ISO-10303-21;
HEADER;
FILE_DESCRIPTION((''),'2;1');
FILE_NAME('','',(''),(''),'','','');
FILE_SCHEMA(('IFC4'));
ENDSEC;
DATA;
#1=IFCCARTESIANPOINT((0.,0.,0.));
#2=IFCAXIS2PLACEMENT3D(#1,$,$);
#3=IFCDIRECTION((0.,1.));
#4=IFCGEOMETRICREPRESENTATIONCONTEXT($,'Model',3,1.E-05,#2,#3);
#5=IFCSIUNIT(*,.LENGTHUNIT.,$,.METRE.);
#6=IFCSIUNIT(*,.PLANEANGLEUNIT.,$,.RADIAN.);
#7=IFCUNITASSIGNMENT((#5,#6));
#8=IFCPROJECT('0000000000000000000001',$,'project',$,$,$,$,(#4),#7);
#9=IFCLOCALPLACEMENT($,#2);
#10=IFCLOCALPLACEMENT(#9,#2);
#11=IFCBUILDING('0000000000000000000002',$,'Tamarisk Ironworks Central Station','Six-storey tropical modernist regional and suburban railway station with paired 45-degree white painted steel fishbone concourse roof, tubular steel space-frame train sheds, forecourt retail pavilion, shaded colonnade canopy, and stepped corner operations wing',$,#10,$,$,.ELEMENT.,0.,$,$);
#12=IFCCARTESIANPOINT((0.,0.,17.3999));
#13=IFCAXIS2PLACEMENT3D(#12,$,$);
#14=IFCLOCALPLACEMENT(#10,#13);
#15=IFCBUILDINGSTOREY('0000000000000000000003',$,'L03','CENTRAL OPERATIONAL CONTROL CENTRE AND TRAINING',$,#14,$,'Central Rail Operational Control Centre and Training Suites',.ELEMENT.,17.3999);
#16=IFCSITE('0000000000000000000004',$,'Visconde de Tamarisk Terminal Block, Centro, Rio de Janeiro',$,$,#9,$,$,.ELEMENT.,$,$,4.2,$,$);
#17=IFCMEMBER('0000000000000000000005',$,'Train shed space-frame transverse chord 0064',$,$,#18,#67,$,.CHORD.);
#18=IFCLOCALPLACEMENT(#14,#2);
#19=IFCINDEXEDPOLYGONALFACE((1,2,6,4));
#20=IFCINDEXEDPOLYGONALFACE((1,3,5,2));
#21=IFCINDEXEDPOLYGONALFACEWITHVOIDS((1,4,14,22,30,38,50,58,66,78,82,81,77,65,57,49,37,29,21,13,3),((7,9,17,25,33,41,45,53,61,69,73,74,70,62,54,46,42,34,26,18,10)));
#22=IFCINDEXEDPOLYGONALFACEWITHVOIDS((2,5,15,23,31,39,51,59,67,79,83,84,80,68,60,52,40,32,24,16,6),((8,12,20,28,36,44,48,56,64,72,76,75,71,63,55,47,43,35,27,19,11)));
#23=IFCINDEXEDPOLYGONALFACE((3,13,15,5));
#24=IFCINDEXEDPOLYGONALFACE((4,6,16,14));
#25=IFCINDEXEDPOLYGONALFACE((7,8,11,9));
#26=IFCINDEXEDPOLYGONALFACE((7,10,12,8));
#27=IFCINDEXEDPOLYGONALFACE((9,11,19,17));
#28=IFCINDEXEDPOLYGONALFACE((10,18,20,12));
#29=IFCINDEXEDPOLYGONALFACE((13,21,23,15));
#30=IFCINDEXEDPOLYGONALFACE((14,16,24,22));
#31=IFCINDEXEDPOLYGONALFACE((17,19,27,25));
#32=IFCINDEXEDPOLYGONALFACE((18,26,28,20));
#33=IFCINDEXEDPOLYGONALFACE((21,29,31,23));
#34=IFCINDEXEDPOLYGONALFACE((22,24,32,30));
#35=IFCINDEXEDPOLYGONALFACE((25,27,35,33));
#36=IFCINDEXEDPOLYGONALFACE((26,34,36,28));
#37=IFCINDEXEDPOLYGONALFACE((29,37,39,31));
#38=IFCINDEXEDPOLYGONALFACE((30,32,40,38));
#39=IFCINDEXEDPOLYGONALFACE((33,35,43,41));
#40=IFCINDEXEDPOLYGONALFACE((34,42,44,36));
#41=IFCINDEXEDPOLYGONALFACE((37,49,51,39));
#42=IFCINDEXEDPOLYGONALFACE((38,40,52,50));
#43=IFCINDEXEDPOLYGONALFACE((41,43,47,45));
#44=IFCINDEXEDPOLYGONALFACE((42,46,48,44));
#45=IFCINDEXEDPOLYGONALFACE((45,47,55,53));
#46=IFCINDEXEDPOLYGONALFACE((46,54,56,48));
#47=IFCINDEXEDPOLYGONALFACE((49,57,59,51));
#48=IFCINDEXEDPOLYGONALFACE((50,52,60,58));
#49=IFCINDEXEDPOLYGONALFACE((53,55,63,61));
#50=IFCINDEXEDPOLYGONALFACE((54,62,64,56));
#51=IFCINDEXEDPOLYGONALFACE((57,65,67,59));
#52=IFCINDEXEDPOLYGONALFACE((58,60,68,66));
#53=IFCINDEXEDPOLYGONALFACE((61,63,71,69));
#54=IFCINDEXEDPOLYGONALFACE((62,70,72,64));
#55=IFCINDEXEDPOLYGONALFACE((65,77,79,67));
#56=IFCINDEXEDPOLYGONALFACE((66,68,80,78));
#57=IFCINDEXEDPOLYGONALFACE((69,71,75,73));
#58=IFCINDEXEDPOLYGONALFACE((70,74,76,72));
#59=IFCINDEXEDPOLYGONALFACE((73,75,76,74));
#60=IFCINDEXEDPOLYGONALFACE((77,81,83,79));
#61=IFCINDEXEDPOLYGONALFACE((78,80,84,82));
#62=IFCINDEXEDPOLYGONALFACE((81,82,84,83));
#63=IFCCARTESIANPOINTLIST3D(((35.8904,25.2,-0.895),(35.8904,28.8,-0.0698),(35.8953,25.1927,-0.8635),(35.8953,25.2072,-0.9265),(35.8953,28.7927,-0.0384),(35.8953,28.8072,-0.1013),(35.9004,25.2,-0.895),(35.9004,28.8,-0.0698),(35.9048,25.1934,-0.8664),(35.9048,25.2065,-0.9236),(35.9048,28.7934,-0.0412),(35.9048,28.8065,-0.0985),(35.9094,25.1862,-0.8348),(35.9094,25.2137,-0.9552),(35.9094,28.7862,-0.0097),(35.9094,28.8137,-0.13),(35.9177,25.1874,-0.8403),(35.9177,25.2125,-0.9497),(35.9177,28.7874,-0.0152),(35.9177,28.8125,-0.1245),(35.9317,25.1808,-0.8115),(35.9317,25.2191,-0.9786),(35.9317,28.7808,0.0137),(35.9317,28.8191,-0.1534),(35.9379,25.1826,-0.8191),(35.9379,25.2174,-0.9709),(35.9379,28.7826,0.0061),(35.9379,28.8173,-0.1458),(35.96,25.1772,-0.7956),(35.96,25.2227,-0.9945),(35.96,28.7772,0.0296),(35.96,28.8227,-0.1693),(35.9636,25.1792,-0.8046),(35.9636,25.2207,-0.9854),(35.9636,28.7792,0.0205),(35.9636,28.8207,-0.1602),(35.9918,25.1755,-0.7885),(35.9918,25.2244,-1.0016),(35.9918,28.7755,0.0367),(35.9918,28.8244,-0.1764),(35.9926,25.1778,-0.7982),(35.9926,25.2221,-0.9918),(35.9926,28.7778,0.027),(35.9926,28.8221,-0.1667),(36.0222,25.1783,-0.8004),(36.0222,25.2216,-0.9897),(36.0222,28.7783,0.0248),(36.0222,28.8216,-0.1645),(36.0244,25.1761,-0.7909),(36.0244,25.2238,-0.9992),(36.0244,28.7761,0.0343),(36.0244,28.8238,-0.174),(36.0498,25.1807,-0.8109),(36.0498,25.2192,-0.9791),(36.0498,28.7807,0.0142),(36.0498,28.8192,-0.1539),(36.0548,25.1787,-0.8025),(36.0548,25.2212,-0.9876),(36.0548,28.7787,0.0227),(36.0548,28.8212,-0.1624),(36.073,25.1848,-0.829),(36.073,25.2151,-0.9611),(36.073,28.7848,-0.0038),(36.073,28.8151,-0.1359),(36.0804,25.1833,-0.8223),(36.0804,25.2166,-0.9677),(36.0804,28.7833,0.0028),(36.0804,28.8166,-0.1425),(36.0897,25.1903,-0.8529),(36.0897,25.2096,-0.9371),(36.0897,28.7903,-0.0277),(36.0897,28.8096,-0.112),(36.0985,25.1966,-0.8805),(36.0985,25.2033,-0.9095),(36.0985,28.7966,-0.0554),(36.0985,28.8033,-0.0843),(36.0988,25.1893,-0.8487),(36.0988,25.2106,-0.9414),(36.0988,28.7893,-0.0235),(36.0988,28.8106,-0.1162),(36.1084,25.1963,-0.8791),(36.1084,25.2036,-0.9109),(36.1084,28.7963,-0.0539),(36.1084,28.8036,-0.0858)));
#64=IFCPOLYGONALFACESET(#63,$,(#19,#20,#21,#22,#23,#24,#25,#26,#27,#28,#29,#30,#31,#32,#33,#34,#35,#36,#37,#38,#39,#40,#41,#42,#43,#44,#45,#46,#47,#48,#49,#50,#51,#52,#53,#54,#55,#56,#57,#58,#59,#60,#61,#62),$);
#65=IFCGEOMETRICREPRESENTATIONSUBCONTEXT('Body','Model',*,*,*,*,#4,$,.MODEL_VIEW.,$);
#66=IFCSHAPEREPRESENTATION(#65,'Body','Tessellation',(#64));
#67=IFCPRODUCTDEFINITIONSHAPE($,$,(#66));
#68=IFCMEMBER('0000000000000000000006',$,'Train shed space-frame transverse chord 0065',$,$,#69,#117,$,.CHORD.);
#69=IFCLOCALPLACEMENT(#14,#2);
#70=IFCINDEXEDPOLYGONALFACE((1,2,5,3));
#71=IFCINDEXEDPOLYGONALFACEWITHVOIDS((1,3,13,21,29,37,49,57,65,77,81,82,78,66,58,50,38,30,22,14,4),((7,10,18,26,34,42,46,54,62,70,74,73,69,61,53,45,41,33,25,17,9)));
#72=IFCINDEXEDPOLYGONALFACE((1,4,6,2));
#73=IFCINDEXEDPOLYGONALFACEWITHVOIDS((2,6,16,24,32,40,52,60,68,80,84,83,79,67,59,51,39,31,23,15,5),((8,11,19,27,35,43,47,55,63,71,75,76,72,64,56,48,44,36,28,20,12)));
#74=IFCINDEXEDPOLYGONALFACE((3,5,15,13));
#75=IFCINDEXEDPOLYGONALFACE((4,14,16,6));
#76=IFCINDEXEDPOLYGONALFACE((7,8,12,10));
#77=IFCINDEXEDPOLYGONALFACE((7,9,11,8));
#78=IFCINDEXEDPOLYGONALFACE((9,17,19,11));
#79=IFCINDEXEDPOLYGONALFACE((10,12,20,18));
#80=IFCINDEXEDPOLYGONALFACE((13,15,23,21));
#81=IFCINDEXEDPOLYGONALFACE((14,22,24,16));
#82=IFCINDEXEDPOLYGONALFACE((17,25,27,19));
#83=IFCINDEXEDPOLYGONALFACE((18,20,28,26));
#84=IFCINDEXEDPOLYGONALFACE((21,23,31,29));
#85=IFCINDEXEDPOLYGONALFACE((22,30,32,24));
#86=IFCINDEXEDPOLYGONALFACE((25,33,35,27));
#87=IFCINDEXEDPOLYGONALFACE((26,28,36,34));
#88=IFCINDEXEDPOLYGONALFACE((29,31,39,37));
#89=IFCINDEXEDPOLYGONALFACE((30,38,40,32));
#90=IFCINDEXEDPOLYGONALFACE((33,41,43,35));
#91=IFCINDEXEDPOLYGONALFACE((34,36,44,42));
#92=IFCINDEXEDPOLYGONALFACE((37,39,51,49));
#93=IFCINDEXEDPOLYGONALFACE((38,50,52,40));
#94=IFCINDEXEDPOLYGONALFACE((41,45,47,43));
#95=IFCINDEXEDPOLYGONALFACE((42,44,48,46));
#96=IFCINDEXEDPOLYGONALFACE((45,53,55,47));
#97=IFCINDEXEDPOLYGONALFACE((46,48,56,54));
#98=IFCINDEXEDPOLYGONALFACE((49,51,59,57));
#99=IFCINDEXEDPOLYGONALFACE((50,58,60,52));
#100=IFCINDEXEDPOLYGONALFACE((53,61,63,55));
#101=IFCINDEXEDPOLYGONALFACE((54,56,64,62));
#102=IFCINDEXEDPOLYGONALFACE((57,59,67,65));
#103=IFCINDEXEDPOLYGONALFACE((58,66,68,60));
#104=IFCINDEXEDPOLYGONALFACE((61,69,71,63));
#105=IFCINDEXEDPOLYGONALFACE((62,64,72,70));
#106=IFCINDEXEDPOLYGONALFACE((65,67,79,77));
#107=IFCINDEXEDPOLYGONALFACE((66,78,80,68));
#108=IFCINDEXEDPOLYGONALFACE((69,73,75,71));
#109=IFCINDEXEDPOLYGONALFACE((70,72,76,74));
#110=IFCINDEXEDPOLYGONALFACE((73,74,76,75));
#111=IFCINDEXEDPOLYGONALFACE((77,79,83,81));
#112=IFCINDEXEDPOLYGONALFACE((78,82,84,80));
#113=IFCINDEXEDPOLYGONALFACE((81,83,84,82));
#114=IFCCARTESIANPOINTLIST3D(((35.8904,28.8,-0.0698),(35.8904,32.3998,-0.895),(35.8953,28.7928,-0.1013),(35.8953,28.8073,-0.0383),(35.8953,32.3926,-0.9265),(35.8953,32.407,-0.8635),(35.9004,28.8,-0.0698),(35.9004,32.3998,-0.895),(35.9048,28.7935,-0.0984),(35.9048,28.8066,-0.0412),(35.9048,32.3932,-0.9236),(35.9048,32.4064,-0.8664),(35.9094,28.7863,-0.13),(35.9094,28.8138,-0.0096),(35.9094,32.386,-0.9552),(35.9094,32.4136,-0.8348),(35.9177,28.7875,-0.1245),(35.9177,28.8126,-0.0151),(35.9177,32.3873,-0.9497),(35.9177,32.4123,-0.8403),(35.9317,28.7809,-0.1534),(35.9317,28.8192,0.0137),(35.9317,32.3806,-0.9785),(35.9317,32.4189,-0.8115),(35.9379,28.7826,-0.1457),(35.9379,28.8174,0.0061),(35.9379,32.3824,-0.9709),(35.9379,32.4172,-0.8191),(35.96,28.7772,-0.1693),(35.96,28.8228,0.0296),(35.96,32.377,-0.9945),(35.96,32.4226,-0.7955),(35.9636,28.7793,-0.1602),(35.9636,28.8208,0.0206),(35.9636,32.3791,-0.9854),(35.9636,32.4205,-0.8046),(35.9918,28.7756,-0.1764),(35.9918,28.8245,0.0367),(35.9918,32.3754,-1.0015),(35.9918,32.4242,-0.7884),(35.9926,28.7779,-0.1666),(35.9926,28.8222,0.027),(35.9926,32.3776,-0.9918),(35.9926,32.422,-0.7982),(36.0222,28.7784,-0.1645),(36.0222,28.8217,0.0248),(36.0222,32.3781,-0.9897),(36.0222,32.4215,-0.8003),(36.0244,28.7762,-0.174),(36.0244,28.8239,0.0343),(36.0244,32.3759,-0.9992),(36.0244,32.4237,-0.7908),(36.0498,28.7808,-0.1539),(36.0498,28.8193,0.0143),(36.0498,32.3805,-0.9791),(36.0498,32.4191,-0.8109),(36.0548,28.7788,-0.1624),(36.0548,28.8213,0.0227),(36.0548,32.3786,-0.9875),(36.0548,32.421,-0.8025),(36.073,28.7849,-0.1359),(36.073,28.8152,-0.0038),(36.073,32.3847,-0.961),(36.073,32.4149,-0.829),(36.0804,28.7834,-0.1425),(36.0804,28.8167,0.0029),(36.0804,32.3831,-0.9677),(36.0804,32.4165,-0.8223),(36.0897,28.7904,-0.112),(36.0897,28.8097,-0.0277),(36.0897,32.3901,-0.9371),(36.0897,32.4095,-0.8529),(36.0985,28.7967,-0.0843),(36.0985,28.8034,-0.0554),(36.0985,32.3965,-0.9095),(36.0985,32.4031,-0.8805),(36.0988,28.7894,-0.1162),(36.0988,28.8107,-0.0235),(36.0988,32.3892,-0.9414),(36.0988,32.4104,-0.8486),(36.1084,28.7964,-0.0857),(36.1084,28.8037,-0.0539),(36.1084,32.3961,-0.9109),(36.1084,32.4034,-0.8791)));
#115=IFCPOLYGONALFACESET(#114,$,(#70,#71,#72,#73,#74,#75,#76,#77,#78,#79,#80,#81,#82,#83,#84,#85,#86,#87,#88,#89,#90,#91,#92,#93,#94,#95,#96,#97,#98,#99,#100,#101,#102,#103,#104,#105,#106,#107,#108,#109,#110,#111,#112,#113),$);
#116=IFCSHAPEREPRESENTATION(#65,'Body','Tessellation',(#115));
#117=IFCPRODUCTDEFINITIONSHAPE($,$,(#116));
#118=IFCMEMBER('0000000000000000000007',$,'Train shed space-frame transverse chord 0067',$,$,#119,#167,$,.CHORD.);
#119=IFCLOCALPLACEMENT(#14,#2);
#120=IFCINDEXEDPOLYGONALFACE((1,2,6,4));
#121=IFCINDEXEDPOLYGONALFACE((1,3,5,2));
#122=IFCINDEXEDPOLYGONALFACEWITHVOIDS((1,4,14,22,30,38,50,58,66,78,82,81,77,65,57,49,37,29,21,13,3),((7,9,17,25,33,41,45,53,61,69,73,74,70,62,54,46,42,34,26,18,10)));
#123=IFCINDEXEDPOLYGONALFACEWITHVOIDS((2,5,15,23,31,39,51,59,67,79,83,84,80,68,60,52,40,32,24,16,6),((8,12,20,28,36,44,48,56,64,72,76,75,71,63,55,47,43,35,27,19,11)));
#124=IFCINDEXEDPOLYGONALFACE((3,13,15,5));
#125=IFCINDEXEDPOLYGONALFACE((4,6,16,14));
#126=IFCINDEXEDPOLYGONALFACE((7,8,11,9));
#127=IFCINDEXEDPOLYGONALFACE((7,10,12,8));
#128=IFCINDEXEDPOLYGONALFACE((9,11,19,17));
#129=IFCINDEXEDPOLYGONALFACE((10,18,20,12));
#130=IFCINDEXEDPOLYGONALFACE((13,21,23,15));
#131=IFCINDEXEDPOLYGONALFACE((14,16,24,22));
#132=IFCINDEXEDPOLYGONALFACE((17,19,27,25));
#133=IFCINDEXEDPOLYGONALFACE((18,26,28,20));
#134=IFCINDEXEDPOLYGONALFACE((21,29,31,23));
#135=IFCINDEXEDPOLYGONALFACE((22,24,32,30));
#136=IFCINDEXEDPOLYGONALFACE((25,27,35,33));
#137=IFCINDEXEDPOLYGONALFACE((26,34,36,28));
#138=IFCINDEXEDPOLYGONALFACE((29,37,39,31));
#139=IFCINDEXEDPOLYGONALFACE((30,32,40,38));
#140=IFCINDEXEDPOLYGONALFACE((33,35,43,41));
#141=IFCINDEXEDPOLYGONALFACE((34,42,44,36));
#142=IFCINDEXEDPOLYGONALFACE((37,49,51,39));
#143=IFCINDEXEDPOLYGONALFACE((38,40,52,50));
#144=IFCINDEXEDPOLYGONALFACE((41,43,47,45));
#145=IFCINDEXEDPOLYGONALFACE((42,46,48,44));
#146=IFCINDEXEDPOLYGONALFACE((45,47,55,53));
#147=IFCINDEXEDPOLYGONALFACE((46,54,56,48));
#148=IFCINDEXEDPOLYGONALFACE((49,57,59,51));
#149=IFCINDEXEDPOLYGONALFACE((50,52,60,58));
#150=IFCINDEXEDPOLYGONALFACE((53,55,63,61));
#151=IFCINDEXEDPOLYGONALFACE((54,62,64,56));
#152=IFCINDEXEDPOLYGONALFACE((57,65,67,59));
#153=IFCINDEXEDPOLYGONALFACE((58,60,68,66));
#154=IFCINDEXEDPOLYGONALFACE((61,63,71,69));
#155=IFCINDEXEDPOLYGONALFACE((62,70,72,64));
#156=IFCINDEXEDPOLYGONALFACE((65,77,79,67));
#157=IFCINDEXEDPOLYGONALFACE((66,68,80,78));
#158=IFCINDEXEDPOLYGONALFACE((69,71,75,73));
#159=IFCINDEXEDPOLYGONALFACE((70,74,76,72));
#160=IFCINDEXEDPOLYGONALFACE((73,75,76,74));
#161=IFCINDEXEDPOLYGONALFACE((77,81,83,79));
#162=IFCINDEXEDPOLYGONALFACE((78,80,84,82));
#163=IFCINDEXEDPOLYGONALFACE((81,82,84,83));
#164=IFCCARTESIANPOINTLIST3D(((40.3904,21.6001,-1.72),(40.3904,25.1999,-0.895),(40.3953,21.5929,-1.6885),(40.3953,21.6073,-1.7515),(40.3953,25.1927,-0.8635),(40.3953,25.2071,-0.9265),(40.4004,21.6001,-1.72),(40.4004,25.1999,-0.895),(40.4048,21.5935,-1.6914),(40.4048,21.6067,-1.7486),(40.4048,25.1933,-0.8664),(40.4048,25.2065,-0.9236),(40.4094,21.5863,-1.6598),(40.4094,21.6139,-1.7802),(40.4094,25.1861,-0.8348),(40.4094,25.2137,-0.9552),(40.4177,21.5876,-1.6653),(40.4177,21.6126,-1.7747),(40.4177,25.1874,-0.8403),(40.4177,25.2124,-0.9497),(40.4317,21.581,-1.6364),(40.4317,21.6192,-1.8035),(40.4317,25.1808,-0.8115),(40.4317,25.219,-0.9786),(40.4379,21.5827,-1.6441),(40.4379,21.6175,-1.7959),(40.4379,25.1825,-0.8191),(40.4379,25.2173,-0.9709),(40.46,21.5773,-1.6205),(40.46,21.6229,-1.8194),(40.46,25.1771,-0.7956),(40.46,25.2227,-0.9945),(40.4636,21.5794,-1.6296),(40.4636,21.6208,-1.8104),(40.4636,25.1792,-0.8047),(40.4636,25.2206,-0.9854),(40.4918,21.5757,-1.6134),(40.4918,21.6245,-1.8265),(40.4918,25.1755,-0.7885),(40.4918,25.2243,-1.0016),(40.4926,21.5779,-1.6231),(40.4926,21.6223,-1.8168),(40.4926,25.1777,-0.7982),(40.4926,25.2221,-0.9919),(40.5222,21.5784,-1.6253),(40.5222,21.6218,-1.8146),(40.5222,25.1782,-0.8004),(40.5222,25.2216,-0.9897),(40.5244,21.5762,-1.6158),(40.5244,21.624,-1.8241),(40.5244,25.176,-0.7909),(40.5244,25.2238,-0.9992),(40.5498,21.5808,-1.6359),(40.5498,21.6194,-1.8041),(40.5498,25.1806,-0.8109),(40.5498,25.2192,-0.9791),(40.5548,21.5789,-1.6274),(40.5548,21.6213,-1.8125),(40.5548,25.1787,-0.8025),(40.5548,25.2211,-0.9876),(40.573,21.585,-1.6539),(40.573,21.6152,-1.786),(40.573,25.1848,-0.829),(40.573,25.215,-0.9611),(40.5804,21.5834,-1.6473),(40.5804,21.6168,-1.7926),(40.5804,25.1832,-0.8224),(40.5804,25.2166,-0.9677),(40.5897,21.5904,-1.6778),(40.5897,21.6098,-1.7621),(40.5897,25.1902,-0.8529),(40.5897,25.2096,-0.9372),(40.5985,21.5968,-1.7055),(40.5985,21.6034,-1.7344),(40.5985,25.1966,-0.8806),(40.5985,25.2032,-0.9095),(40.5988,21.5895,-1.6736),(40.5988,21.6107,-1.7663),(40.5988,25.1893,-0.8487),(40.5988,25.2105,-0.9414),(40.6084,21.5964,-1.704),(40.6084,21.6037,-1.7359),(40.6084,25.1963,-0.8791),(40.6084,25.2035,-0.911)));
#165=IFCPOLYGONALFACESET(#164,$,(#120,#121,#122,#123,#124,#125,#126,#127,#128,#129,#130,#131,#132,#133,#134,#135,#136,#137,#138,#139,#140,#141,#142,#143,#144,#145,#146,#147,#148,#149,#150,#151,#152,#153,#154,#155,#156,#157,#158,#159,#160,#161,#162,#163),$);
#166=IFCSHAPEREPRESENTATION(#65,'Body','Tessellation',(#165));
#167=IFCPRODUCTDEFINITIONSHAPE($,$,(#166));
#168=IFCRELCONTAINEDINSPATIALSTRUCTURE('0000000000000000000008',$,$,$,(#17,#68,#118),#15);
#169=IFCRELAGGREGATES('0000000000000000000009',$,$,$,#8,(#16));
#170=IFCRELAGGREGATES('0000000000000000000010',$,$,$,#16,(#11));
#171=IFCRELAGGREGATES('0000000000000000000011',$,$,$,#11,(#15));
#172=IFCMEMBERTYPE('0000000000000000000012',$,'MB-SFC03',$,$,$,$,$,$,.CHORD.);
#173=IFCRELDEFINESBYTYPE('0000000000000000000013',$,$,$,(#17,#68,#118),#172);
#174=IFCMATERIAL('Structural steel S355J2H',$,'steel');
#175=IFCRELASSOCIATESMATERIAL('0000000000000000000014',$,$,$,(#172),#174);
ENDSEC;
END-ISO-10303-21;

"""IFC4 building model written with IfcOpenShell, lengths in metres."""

from ifc_helpers import new_model, si_unit, direction, frame, origin, origin_2d, place, context, subcontext, project, spatial, hollow_circle, extrude, material, material_profile, profile_set, type_object, element, save


model = new_model("IFC4")

# Units and contexts
model_context = context("Model", 3, precision=1e-05, world=origin(), true_north=direction((0.0, 1.0)))
body_context = subcontext(model_context, "Body", "Model", "MODEL_VIEW")
ifc_project = project(units=[si_unit("LENGTHUNIT", "METRE"), si_unit("PLANEANGLEUNIT", "RADIAN")], contexts=[model_context])

# Site, building, storey
site_placement = place(None, origin())
site = spatial("IfcSite", under=ifc_project, at=site_placement, Name="Visconde de Tamarisk Terminal Block, Centro, Rio de Janeiro", CompositionType="ELEMENT", RefElevation=4.2)
building_placement = place(site_placement, origin())
building = spatial("IfcBuilding", under=site, at=building_placement, Name="Tamarisk Ironworks Central Station", Description="Six-storey tropical modernist regional and suburban railway station with paired 45-degree white painted steel fishbone concourse roof, tubular steel space-frame train sheds, forecourt retail pavilion, shaded colonnade canopy, and stepped corner operations wing", CompositionType="ELEMENT", ElevationOfRefHeight=0.0)
storey_placement = place(building_placement, frame((0.0, 0.0, 17.3999)))
storey = spatial("IfcBuildingStorey", under=building, at=storey_placement, Name="L03", Description="CENTRAL OPERATIONAL CONTROL CENTRE AND TRAINING", LongName="Central Rail Operational Control Centre and Training Suites", CompositionType="ELEMENT", Elevation=17.3999)

# Members
ifc_material_1 = material(Name="Structural steel S355J2H", Category="steel")
ifc_material_profile_1 = material_profile(ifc_material_1, hollow_circle(Radius=0.1096, WallThickness=0.01, at=origin_2d()), Name="CHS 219.1x10")
ifc_profile_set_1 = profile_set([ifc_material_profile_1], Name="Structural steel S355J2H")
member_type_1 = type_object("IfcMemberType", Name="MB-SFC03", PredefinedType="CHORD", material=ifc_profile_set_1)
member_1_placement = place(storey_placement, frame((36.0, 25.2, -0.895), z_axis=(0.0, 0.974722, 0.223421), x_axis=(-1.0, 0.0, 0.0)))
element("IfcMember", 1, at=member_1_placement, inside=storey, type_object=member_type_1, Name="Train shed space-frame transverse chord 0064", PredefinedType="CHORD", context=body_context, shape_type="SweptSolid", body=[
    extrude(hollow_circle(Radius=0.1096, WallThickness=0.01, at=origin_2d()), origin(), (0.0, 0.0, 1.0), 3.6934),
])
for number, where, z_axis, x_axis, name in (
    (2, (36.0, 28.8, -0.0698), (0.0, 0.974719, -0.223435), (-1.0, 0.0, 0.0), "Train shed space-frame transverse chord 0065"),
    (3, (40.5, 21.6001, -1.72), (0.0, 0.974733, 0.223372), (-1.0, 0.0, 0.0), "Train shed space-frame transverse chord 0067"),
):
    element("IfcMember", number, at=place(storey_placement, frame(where, z_axis=z_axis, x_axis=x_axis)), inside=storey, type_object=member_type_1, Name=name, PredefinedType="CHORD", context=body_context, shape_type="SweptSolid", body=[
        extrude(hollow_circle(Radius=0.1096, WallThickness=0.01, at=origin_2d()), origin(), (0.0, 0.0, 1.0), 3.6931),
    ])

save(model, "model.ifc")
